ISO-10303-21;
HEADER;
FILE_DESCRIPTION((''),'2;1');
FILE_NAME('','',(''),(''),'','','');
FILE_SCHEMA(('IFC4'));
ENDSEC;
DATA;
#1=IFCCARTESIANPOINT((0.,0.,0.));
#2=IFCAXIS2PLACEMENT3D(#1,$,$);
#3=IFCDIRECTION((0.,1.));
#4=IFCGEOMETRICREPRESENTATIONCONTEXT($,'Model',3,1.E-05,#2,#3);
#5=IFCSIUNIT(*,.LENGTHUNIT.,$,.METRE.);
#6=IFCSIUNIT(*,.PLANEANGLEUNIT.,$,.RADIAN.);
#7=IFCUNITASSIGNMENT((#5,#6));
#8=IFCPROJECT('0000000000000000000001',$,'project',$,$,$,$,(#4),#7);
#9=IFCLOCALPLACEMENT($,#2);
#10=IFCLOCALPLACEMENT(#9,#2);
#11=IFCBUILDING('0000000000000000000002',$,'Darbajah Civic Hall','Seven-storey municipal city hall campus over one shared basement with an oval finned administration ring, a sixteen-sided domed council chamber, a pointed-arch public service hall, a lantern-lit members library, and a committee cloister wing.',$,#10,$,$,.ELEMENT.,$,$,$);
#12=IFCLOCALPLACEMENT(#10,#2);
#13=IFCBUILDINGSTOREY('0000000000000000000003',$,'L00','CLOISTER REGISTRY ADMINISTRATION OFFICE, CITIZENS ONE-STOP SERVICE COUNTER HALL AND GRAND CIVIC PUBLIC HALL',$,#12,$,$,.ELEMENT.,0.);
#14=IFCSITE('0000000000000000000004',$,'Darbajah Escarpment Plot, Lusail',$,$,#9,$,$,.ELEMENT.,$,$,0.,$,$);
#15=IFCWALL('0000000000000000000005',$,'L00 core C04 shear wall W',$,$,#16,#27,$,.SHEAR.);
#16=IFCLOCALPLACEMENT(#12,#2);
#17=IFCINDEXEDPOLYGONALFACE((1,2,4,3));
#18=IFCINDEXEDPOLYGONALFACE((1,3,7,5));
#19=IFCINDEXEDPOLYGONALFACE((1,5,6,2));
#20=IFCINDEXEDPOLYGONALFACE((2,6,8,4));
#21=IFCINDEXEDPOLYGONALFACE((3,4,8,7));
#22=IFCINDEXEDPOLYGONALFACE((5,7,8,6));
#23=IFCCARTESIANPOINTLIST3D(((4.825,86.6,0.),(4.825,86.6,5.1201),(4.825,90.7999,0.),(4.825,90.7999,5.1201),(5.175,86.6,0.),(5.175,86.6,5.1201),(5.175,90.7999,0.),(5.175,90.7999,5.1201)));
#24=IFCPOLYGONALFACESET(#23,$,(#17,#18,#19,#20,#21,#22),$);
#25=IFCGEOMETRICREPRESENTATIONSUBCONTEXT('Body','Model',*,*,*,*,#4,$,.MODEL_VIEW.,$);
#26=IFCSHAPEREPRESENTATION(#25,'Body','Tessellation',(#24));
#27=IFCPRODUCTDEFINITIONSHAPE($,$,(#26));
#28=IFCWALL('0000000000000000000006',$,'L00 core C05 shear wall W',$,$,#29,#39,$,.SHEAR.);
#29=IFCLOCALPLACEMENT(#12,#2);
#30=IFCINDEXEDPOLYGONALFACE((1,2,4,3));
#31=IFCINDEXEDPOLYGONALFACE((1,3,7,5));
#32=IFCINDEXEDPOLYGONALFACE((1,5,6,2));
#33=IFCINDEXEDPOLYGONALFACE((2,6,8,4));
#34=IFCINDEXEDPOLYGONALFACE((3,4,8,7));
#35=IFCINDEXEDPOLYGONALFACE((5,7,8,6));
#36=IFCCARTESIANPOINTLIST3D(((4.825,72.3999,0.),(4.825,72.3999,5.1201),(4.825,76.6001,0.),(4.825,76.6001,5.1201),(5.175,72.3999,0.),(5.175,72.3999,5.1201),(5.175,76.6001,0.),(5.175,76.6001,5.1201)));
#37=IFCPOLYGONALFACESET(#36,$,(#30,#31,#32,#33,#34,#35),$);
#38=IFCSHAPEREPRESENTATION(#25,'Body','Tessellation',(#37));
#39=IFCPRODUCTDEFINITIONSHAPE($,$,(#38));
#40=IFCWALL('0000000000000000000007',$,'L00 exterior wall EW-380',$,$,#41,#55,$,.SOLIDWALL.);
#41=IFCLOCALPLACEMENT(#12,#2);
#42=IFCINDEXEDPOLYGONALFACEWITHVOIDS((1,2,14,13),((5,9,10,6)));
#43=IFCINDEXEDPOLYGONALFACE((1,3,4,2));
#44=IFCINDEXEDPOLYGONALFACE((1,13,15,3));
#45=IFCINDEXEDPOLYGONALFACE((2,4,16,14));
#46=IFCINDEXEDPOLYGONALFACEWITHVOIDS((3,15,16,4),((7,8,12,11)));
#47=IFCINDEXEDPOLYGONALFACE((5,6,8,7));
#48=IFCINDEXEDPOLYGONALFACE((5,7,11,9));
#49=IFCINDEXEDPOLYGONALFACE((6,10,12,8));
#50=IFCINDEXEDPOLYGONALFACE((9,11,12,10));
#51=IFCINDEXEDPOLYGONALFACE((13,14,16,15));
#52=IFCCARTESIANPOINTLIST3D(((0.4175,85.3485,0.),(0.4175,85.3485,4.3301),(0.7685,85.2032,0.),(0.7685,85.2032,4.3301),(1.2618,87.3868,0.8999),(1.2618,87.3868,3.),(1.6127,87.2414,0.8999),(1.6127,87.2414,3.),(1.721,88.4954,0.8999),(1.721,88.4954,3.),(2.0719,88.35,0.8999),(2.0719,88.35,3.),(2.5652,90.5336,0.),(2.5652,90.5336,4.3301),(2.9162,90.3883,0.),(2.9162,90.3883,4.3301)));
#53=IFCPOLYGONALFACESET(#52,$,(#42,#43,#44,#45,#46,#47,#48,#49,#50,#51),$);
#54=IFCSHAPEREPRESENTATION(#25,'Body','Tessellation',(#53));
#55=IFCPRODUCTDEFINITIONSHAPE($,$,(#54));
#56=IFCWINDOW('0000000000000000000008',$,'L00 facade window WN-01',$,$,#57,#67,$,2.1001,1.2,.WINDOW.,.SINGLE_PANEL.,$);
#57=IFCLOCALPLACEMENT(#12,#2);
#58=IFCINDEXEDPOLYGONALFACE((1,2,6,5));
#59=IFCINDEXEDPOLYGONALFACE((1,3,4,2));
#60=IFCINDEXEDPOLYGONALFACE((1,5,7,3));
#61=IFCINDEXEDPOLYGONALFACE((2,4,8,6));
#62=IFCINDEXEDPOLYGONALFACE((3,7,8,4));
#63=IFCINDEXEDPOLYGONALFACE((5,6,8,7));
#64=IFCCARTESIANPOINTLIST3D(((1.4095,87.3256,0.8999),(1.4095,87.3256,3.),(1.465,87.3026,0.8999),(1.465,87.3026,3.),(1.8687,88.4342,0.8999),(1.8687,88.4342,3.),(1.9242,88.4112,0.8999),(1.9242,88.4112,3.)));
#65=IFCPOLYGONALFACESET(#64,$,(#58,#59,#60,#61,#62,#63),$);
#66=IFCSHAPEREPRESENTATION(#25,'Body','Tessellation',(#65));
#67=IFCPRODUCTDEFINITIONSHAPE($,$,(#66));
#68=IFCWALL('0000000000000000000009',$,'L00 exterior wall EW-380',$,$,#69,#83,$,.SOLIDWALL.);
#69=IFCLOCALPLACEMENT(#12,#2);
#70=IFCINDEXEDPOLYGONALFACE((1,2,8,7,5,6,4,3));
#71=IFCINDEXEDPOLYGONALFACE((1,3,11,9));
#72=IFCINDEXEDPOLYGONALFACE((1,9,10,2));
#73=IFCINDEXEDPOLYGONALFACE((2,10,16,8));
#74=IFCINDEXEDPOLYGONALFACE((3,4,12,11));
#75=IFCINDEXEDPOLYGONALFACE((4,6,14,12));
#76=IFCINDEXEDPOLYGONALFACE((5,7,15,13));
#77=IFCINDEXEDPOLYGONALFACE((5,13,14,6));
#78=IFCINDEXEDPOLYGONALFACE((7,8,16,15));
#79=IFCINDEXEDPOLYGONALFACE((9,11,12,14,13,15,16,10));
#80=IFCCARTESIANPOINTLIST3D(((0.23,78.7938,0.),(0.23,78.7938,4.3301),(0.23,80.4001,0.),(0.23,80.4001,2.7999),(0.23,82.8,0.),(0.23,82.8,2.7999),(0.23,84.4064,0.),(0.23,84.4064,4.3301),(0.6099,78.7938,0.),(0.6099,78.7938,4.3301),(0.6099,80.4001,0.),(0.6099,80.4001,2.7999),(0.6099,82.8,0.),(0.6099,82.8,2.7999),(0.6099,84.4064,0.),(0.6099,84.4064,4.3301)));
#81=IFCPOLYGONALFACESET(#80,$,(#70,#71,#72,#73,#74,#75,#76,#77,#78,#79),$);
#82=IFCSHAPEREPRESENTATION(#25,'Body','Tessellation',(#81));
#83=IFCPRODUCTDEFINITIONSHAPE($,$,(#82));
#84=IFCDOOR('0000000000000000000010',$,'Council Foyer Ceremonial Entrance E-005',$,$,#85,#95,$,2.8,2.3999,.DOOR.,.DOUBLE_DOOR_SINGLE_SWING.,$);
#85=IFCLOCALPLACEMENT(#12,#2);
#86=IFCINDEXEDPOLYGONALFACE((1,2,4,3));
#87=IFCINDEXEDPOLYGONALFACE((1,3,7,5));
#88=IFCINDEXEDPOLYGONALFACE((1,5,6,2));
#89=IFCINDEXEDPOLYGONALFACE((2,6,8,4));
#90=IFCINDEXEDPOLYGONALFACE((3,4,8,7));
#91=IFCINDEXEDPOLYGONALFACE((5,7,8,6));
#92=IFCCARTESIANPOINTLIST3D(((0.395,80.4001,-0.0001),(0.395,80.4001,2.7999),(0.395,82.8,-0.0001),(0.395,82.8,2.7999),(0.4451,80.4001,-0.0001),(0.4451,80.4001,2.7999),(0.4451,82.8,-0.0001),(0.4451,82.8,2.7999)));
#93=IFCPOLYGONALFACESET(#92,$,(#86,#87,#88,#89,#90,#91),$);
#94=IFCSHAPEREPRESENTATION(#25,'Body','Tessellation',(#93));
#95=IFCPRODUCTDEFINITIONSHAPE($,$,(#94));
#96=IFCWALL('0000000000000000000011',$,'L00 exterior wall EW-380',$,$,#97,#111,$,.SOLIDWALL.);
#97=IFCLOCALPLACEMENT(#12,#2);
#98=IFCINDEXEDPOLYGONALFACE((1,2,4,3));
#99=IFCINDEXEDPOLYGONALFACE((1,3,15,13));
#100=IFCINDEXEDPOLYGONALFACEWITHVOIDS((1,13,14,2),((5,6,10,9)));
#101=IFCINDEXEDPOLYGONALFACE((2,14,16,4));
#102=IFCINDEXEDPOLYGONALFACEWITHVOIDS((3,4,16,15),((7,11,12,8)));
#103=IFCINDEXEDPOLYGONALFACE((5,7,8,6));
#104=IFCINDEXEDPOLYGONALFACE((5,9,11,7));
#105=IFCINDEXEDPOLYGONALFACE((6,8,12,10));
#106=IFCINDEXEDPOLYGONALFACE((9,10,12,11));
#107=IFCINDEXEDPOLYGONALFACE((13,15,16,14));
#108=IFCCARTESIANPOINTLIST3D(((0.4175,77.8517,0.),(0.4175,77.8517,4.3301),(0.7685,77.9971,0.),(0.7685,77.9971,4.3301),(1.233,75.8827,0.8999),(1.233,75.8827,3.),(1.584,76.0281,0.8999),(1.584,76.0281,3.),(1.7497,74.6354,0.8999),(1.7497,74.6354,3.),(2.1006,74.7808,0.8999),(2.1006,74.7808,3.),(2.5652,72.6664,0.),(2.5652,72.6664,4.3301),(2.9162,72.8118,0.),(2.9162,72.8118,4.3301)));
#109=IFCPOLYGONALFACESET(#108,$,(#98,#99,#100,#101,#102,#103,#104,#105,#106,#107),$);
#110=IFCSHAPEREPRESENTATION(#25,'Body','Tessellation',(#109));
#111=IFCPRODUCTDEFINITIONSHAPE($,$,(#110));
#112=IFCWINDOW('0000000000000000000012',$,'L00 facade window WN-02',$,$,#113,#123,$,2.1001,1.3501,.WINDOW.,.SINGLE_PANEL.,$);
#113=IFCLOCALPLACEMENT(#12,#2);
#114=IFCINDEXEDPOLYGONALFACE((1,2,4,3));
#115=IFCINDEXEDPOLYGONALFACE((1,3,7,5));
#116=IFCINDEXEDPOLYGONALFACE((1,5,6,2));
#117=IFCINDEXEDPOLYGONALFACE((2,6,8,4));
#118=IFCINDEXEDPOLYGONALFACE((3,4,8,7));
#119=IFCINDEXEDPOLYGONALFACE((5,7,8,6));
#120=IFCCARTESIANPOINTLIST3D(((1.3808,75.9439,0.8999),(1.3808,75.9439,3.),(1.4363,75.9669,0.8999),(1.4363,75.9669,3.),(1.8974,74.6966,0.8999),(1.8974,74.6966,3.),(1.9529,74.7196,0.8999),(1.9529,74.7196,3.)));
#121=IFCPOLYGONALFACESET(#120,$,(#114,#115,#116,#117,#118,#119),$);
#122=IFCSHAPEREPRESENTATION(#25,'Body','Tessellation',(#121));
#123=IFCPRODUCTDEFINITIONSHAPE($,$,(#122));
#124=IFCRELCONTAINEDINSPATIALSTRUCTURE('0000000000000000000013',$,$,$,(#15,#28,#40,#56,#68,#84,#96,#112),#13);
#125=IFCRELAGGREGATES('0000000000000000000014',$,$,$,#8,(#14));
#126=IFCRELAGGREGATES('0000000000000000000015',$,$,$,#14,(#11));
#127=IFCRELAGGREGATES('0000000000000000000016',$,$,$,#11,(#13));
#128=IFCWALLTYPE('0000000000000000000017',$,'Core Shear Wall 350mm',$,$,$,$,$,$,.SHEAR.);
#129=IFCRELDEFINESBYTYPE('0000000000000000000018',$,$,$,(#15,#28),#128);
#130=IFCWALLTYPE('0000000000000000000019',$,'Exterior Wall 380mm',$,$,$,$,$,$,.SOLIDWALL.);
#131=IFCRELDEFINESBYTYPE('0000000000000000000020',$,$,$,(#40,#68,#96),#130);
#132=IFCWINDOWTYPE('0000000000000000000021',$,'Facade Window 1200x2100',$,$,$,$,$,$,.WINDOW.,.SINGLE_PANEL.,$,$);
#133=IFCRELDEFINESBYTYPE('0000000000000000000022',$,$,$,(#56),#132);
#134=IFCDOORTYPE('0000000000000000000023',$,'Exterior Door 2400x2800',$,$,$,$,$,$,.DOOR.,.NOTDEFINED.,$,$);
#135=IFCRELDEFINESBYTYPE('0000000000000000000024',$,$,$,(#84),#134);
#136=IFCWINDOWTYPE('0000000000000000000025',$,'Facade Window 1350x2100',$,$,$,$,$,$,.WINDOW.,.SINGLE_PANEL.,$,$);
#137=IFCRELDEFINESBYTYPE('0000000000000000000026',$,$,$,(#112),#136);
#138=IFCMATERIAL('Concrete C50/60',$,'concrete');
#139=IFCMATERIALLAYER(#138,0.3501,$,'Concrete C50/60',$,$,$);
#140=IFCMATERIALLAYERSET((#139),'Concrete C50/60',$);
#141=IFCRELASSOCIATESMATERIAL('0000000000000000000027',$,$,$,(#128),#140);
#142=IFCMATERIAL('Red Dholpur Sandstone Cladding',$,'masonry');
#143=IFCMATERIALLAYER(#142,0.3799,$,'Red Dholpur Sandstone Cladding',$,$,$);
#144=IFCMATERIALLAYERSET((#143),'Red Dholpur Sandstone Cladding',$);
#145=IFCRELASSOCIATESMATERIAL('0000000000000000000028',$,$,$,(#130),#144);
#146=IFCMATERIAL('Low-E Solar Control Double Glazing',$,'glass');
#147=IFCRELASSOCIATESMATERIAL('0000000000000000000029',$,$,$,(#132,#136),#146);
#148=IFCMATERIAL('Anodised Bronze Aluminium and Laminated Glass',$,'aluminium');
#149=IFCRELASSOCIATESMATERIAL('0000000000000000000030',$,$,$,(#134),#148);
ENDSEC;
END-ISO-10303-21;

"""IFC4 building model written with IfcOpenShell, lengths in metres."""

from ifc_helpers import new_model, si_unit, direction, frame, frame_2d, origin, place, context, subcontext, project, spatial, rectangle, extrude, material, layer, layer_set, type_object, element, fill, save


model = new_model("IFC4")

# Units and contexts
model_context = context("Model", 3, precision=1e-05, world=origin(), true_north=direction((0.0, 1.0)))
body_context = subcontext(model_context, "Body", "Model", "MODEL_VIEW")
ifc_project = project(units=[si_unit("LENGTHUNIT", "METRE"), si_unit("PLANEANGLEUNIT", "RADIAN")], contexts=[model_context])

# Site, building, storey
site_placement = place(None, origin())
site = spatial("IfcSite", under=ifc_project, at=site_placement, Name="Darbajah Escarpment Plot, Lusail", CompositionType="ELEMENT", RefElevation=0.0)
building_placement = place(site_placement, origin())
building = spatial("IfcBuilding", under=site, at=building_placement, Name="Darbajah Civic Hall", Description="Seven-storey municipal city hall campus over one shared basement with an oval finned administration ring, a sixteen-sided domed council chamber, a pointed-arch public service hall, a lantern-lit members library, and a committee cloister wing.", CompositionType="ELEMENT")
storey_placement = place(building_placement, origin())
storey = spatial("IfcBuildingStorey", under=building, at=storey_placement, Name="L00", Description="CLOISTER REGISTRY ADMINISTRATION OFFICE, CITIZENS ONE-STOP SERVICE COUNTER HALL AND GRAND CIVIC PUBLIC HALL", CompositionType="ELEMENT", Elevation=0.0)

# Shared definitions
ifc_material_1 = material(Name="Concrete C50/60", Category="concrete")

# Walls
ifc_layer_1 = layer(ifc_material_1, 0.3501, Name="Concrete C50/60")
ifc_layer_set_1 = layer_set([ifc_layer_1], Name="Concrete C50/60")
wall_type_1 = type_object("IfcWallType", Name="Core Shear Wall 350mm", PredefinedType="SHEAR", material=ifc_layer_set_1)
wall_1_placement = place(storey_placement, frame((5.0, 90.8, 0.0), z_axis=(0.0, 0.0, 1.0), x_axis=(0.0, -1.0, 0.0)))
element("IfcWall", 1, at=wall_1_placement, inside=storey, type_object=wall_type_1, Name="L00 core C04 shear wall W", PredefinedType="SHEAR", context=body_context, shape_type="SweptSolid", body=[
    extrude(rectangle(XDim=4.2, YDim=0.3501, at=frame_2d((2.1001, 0.0))), origin(), (0.0, 0.0, 1.0), 5.1201),
])
wall_2_placement = place(storey_placement, frame((5.0, 76.6001, 0.0), z_axis=(0.0, 0.0, 1.0), x_axis=(0.0, -1.0, 0.0)))
element("IfcWall", 2, at=wall_2_placement, inside=storey, type_object=wall_type_1, Name="L00 core C05 shear wall W", PredefinedType="SHEAR", context=body_context, shape_type="SweptSolid", body=[
    extrude(rectangle(XDim=4.2002, YDim=0.3501, at=frame_2d((2.1001, 0.0))), origin(), (0.0, 0.0, 1.0), 5.1201),
])

# Wall, opening, window
ifc_material_2 = material(Name="Red Dholpur Sandstone Cladding", Category="masonry")
ifc_layer_2 = layer(ifc_material_2, 0.3799, Name="Red Dholpur Sandstone Cladding")
ifc_layer_set_2 = layer_set([ifc_layer_2], Name="Red Dholpur Sandstone Cladding")
wall_type_2 = type_object("IfcWallType", Name="Exterior Wall 380mm", PredefinedType="SOLIDWALL", material=ifc_layer_set_2)
wall_3_placement = place(storey_placement, frame((2.7407, 90.4609, 0.0), z_axis=(0.0, 0.0, 1.0), x_axis=(-0.382681, -0.923881, 0.0)))
wall_3 = element("IfcWall", 3, at=wall_3_placement, inside=storey, type_object=wall_type_2, Name="L00 exterior wall EW-380", PredefinedType="SOLIDWALL", context=body_context, shape_type="SweptSolid", body=[
    extrude(rectangle(XDim=5.6123, YDim=0.3799, at=frame_2d((2.8062, 0.0))), origin(), (0.0, 0.0, 1.0), 4.3301),
])
opening_1_placement = place(wall_3_placement, frame((2.2061, 0.0, 0.8999)))
opening_1 = element("IfcOpeningElement", 4, at=opening_1_placement, cuts=wall_3, PredefinedType="OPENING", context=body_context, shape_type="SweptSolid", body=[
    extrude(rectangle(XDim=1.2, YDim=2.1001, at=frame_2d((0.6001, 1.05))), frame((0.0, 0.2, 0.0), z_axis=(0.0, -1.0, 0.0), x_axis=(1.0, 0.0, 0.0)), (0.0, 0.0, 1.0), 0.3999),
])
ifc_material_3 = material(Name="Low-E Solar Control Double Glazing", Category="glass")
window_type_1 = type_object("IfcWindowType", Name="Facade Window 1200x2100", PartitioningType="SINGLE_PANEL", PredefinedType="WINDOW", material=ifc_material_3)
window_1_placement = place(opening_1_placement, origin())
window_1 = element("IfcWindow", 5, at=window_1_placement, inside=storey, type_object=window_type_1, Name="L00 facade window WN-01", OverallHeight=2.1001, OverallWidth=1.2, PartitioningType="SINGLE_PANEL", PredefinedType="WINDOW", context=body_context, shape_type="SweptSolid", body=[
    extrude(rectangle(XDim=1.2, YDim=2.1001, at=frame_2d((0.6001, 1.05))), frame((0.0, 0.03, 0.0), z_axis=(0.0, -1.0, 0.0), x_axis=(1.0, 0.0, 0.0)), (0.0, 0.0, 1.0), 0.0601),
])
fill(opening_1, window_1)

# Wall, opening, door
wall_4_placement = place(storey_placement, frame((0.4199, 84.4062, 0.0), z_axis=(0.0, 0.0, 1.0), x_axis=(0.0, -1.0, 0.0)))
wall_4 = element("IfcWall", 6, at=wall_4_placement, inside=storey, type_object=wall_type_2, Name="L00 exterior wall EW-380", PredefinedType="SOLIDWALL", context=body_context, shape_type="SweptSolid", body=[
    extrude(rectangle(XDim=5.6125, YDim=0.3799, at=frame_2d((2.8062, 0.0))), origin(), (0.0, 0.0, 1.0), 4.3301),
])
opening_2_placement = place(wall_4_placement, frame((1.6062, 0.0, 0.0)))
opening_2 = element("IfcOpeningElement", 7, at=opening_2_placement, cuts=wall_4, PredefinedType="OPENING", context=body_context, shape_type="SweptSolid", body=[
    extrude(rectangle(XDim=2.3999, YDim=2.8, at=frame_2d((1.2, 1.3999))), frame((0.0, 0.2, 0.0), z_axis=(0.0, -1.0, 0.0), x_axis=(1.0, 0.0, 0.0)), (0.0, 0.0, 1.0), 0.3999),
])
ifc_material_4 = material(Name="Anodised Bronze Aluminium and Laminated Glass", Category="aluminium")
door_type = type_object("IfcDoorType", Name="Exterior Door 2400x2800", OperationType="NOTDEFINED", PredefinedType="DOOR", material=ifc_material_4)
door_placement = place(opening_2_placement, frame((2.3999, 0.0, 0.0), z_axis=(0.0, 0.0, 1.0), x_axis=(-1.0, 0.0, 0.0)))
door = element("IfcDoor", 8, at=door_placement, inside=storey, type_object=door_type, Name="Council Foyer Ceremonial Entrance E-005", OperationType="DOUBLE_DOOR_SINGLE_SWING", OverallHeight=2.8, OverallWidth=2.3999, PredefinedType="DOOR", context=body_context, shape_type="SweptSolid", body=[
    extrude(rectangle(XDim=2.3999, YDim=2.8, at=frame_2d((1.2, 1.3999))), frame((0.0, 0.0249, 0.0), z_axis=(0.0, -1.0, 0.0), x_axis=(1.0, 0.0, 0.0)), (0.0, 0.0, 1.0), 0.05),
])
fill(opening_2, door)

# Wall, opening, window
wall_5_placement = place(storey_placement, frame((0.593, 77.9243, 0.0), z_axis=(0.0, 0.0, 1.0), x_axis=(0.382666, -0.923887, 0.0)))
wall_5 = element("IfcWall", 9, at=wall_5_placement, inside=storey, type_object=wall_type_2, Name="L00 exterior wall EW-380", PredefinedType="SOLIDWALL", context=body_context, shape_type="SweptSolid", body=[
    extrude(rectangle(XDim=5.6125, YDim=0.3799, at=frame_2d((2.8062, 0.0))), origin(), (0.0, 0.0, 1.0), 4.3301),
])
opening_3_placement = place(wall_5_placement, frame((2.1311, 0.0, 0.8999)))
opening_3 = element("IfcOpeningElement", 10, at=opening_3_placement, cuts=wall_5, PredefinedType="OPENING", context=body_context, shape_type="SweptSolid", body=[
    extrude(rectangle(XDim=1.3501, YDim=2.1001, at=frame_2d((0.675, 1.05))), frame((0.0, 0.2, 0.0), z_axis=(0.0, -1.0, 0.0), x_axis=(1.0, 0.0, 0.0)), (0.0, 0.0, 1.0), 0.3999),
])
window_type_2 = type_object("IfcWindowType", Name="Facade Window 1350x2100", PartitioningType="SINGLE_PANEL", PredefinedType="WINDOW", material=ifc_material_3)
window_2_placement = place(opening_3_placement, origin())
window_2 = element("IfcWindow", 11, at=window_2_placement, inside=storey, type_object=window_type_2, Name="L00 facade window WN-02", OverallHeight=2.1001, OverallWidth=1.3501, PartitioningType="SINGLE_PANEL", PredefinedType="WINDOW", context=body_context, shape_type="SweptSolid", body=[
    extrude(rectangle(XDim=1.3501, YDim=2.1001, at=frame_2d((0.675, 1.05))), frame((0.0, 0.03, 0.0), z_axis=(0.0, -1.0, 0.0), x_axis=(1.0, 0.0, 0.0)), (0.0, 0.0, 1.0), 0.0601),
])
fill(opening_3, window_2)

save(model, "model.ifc")
